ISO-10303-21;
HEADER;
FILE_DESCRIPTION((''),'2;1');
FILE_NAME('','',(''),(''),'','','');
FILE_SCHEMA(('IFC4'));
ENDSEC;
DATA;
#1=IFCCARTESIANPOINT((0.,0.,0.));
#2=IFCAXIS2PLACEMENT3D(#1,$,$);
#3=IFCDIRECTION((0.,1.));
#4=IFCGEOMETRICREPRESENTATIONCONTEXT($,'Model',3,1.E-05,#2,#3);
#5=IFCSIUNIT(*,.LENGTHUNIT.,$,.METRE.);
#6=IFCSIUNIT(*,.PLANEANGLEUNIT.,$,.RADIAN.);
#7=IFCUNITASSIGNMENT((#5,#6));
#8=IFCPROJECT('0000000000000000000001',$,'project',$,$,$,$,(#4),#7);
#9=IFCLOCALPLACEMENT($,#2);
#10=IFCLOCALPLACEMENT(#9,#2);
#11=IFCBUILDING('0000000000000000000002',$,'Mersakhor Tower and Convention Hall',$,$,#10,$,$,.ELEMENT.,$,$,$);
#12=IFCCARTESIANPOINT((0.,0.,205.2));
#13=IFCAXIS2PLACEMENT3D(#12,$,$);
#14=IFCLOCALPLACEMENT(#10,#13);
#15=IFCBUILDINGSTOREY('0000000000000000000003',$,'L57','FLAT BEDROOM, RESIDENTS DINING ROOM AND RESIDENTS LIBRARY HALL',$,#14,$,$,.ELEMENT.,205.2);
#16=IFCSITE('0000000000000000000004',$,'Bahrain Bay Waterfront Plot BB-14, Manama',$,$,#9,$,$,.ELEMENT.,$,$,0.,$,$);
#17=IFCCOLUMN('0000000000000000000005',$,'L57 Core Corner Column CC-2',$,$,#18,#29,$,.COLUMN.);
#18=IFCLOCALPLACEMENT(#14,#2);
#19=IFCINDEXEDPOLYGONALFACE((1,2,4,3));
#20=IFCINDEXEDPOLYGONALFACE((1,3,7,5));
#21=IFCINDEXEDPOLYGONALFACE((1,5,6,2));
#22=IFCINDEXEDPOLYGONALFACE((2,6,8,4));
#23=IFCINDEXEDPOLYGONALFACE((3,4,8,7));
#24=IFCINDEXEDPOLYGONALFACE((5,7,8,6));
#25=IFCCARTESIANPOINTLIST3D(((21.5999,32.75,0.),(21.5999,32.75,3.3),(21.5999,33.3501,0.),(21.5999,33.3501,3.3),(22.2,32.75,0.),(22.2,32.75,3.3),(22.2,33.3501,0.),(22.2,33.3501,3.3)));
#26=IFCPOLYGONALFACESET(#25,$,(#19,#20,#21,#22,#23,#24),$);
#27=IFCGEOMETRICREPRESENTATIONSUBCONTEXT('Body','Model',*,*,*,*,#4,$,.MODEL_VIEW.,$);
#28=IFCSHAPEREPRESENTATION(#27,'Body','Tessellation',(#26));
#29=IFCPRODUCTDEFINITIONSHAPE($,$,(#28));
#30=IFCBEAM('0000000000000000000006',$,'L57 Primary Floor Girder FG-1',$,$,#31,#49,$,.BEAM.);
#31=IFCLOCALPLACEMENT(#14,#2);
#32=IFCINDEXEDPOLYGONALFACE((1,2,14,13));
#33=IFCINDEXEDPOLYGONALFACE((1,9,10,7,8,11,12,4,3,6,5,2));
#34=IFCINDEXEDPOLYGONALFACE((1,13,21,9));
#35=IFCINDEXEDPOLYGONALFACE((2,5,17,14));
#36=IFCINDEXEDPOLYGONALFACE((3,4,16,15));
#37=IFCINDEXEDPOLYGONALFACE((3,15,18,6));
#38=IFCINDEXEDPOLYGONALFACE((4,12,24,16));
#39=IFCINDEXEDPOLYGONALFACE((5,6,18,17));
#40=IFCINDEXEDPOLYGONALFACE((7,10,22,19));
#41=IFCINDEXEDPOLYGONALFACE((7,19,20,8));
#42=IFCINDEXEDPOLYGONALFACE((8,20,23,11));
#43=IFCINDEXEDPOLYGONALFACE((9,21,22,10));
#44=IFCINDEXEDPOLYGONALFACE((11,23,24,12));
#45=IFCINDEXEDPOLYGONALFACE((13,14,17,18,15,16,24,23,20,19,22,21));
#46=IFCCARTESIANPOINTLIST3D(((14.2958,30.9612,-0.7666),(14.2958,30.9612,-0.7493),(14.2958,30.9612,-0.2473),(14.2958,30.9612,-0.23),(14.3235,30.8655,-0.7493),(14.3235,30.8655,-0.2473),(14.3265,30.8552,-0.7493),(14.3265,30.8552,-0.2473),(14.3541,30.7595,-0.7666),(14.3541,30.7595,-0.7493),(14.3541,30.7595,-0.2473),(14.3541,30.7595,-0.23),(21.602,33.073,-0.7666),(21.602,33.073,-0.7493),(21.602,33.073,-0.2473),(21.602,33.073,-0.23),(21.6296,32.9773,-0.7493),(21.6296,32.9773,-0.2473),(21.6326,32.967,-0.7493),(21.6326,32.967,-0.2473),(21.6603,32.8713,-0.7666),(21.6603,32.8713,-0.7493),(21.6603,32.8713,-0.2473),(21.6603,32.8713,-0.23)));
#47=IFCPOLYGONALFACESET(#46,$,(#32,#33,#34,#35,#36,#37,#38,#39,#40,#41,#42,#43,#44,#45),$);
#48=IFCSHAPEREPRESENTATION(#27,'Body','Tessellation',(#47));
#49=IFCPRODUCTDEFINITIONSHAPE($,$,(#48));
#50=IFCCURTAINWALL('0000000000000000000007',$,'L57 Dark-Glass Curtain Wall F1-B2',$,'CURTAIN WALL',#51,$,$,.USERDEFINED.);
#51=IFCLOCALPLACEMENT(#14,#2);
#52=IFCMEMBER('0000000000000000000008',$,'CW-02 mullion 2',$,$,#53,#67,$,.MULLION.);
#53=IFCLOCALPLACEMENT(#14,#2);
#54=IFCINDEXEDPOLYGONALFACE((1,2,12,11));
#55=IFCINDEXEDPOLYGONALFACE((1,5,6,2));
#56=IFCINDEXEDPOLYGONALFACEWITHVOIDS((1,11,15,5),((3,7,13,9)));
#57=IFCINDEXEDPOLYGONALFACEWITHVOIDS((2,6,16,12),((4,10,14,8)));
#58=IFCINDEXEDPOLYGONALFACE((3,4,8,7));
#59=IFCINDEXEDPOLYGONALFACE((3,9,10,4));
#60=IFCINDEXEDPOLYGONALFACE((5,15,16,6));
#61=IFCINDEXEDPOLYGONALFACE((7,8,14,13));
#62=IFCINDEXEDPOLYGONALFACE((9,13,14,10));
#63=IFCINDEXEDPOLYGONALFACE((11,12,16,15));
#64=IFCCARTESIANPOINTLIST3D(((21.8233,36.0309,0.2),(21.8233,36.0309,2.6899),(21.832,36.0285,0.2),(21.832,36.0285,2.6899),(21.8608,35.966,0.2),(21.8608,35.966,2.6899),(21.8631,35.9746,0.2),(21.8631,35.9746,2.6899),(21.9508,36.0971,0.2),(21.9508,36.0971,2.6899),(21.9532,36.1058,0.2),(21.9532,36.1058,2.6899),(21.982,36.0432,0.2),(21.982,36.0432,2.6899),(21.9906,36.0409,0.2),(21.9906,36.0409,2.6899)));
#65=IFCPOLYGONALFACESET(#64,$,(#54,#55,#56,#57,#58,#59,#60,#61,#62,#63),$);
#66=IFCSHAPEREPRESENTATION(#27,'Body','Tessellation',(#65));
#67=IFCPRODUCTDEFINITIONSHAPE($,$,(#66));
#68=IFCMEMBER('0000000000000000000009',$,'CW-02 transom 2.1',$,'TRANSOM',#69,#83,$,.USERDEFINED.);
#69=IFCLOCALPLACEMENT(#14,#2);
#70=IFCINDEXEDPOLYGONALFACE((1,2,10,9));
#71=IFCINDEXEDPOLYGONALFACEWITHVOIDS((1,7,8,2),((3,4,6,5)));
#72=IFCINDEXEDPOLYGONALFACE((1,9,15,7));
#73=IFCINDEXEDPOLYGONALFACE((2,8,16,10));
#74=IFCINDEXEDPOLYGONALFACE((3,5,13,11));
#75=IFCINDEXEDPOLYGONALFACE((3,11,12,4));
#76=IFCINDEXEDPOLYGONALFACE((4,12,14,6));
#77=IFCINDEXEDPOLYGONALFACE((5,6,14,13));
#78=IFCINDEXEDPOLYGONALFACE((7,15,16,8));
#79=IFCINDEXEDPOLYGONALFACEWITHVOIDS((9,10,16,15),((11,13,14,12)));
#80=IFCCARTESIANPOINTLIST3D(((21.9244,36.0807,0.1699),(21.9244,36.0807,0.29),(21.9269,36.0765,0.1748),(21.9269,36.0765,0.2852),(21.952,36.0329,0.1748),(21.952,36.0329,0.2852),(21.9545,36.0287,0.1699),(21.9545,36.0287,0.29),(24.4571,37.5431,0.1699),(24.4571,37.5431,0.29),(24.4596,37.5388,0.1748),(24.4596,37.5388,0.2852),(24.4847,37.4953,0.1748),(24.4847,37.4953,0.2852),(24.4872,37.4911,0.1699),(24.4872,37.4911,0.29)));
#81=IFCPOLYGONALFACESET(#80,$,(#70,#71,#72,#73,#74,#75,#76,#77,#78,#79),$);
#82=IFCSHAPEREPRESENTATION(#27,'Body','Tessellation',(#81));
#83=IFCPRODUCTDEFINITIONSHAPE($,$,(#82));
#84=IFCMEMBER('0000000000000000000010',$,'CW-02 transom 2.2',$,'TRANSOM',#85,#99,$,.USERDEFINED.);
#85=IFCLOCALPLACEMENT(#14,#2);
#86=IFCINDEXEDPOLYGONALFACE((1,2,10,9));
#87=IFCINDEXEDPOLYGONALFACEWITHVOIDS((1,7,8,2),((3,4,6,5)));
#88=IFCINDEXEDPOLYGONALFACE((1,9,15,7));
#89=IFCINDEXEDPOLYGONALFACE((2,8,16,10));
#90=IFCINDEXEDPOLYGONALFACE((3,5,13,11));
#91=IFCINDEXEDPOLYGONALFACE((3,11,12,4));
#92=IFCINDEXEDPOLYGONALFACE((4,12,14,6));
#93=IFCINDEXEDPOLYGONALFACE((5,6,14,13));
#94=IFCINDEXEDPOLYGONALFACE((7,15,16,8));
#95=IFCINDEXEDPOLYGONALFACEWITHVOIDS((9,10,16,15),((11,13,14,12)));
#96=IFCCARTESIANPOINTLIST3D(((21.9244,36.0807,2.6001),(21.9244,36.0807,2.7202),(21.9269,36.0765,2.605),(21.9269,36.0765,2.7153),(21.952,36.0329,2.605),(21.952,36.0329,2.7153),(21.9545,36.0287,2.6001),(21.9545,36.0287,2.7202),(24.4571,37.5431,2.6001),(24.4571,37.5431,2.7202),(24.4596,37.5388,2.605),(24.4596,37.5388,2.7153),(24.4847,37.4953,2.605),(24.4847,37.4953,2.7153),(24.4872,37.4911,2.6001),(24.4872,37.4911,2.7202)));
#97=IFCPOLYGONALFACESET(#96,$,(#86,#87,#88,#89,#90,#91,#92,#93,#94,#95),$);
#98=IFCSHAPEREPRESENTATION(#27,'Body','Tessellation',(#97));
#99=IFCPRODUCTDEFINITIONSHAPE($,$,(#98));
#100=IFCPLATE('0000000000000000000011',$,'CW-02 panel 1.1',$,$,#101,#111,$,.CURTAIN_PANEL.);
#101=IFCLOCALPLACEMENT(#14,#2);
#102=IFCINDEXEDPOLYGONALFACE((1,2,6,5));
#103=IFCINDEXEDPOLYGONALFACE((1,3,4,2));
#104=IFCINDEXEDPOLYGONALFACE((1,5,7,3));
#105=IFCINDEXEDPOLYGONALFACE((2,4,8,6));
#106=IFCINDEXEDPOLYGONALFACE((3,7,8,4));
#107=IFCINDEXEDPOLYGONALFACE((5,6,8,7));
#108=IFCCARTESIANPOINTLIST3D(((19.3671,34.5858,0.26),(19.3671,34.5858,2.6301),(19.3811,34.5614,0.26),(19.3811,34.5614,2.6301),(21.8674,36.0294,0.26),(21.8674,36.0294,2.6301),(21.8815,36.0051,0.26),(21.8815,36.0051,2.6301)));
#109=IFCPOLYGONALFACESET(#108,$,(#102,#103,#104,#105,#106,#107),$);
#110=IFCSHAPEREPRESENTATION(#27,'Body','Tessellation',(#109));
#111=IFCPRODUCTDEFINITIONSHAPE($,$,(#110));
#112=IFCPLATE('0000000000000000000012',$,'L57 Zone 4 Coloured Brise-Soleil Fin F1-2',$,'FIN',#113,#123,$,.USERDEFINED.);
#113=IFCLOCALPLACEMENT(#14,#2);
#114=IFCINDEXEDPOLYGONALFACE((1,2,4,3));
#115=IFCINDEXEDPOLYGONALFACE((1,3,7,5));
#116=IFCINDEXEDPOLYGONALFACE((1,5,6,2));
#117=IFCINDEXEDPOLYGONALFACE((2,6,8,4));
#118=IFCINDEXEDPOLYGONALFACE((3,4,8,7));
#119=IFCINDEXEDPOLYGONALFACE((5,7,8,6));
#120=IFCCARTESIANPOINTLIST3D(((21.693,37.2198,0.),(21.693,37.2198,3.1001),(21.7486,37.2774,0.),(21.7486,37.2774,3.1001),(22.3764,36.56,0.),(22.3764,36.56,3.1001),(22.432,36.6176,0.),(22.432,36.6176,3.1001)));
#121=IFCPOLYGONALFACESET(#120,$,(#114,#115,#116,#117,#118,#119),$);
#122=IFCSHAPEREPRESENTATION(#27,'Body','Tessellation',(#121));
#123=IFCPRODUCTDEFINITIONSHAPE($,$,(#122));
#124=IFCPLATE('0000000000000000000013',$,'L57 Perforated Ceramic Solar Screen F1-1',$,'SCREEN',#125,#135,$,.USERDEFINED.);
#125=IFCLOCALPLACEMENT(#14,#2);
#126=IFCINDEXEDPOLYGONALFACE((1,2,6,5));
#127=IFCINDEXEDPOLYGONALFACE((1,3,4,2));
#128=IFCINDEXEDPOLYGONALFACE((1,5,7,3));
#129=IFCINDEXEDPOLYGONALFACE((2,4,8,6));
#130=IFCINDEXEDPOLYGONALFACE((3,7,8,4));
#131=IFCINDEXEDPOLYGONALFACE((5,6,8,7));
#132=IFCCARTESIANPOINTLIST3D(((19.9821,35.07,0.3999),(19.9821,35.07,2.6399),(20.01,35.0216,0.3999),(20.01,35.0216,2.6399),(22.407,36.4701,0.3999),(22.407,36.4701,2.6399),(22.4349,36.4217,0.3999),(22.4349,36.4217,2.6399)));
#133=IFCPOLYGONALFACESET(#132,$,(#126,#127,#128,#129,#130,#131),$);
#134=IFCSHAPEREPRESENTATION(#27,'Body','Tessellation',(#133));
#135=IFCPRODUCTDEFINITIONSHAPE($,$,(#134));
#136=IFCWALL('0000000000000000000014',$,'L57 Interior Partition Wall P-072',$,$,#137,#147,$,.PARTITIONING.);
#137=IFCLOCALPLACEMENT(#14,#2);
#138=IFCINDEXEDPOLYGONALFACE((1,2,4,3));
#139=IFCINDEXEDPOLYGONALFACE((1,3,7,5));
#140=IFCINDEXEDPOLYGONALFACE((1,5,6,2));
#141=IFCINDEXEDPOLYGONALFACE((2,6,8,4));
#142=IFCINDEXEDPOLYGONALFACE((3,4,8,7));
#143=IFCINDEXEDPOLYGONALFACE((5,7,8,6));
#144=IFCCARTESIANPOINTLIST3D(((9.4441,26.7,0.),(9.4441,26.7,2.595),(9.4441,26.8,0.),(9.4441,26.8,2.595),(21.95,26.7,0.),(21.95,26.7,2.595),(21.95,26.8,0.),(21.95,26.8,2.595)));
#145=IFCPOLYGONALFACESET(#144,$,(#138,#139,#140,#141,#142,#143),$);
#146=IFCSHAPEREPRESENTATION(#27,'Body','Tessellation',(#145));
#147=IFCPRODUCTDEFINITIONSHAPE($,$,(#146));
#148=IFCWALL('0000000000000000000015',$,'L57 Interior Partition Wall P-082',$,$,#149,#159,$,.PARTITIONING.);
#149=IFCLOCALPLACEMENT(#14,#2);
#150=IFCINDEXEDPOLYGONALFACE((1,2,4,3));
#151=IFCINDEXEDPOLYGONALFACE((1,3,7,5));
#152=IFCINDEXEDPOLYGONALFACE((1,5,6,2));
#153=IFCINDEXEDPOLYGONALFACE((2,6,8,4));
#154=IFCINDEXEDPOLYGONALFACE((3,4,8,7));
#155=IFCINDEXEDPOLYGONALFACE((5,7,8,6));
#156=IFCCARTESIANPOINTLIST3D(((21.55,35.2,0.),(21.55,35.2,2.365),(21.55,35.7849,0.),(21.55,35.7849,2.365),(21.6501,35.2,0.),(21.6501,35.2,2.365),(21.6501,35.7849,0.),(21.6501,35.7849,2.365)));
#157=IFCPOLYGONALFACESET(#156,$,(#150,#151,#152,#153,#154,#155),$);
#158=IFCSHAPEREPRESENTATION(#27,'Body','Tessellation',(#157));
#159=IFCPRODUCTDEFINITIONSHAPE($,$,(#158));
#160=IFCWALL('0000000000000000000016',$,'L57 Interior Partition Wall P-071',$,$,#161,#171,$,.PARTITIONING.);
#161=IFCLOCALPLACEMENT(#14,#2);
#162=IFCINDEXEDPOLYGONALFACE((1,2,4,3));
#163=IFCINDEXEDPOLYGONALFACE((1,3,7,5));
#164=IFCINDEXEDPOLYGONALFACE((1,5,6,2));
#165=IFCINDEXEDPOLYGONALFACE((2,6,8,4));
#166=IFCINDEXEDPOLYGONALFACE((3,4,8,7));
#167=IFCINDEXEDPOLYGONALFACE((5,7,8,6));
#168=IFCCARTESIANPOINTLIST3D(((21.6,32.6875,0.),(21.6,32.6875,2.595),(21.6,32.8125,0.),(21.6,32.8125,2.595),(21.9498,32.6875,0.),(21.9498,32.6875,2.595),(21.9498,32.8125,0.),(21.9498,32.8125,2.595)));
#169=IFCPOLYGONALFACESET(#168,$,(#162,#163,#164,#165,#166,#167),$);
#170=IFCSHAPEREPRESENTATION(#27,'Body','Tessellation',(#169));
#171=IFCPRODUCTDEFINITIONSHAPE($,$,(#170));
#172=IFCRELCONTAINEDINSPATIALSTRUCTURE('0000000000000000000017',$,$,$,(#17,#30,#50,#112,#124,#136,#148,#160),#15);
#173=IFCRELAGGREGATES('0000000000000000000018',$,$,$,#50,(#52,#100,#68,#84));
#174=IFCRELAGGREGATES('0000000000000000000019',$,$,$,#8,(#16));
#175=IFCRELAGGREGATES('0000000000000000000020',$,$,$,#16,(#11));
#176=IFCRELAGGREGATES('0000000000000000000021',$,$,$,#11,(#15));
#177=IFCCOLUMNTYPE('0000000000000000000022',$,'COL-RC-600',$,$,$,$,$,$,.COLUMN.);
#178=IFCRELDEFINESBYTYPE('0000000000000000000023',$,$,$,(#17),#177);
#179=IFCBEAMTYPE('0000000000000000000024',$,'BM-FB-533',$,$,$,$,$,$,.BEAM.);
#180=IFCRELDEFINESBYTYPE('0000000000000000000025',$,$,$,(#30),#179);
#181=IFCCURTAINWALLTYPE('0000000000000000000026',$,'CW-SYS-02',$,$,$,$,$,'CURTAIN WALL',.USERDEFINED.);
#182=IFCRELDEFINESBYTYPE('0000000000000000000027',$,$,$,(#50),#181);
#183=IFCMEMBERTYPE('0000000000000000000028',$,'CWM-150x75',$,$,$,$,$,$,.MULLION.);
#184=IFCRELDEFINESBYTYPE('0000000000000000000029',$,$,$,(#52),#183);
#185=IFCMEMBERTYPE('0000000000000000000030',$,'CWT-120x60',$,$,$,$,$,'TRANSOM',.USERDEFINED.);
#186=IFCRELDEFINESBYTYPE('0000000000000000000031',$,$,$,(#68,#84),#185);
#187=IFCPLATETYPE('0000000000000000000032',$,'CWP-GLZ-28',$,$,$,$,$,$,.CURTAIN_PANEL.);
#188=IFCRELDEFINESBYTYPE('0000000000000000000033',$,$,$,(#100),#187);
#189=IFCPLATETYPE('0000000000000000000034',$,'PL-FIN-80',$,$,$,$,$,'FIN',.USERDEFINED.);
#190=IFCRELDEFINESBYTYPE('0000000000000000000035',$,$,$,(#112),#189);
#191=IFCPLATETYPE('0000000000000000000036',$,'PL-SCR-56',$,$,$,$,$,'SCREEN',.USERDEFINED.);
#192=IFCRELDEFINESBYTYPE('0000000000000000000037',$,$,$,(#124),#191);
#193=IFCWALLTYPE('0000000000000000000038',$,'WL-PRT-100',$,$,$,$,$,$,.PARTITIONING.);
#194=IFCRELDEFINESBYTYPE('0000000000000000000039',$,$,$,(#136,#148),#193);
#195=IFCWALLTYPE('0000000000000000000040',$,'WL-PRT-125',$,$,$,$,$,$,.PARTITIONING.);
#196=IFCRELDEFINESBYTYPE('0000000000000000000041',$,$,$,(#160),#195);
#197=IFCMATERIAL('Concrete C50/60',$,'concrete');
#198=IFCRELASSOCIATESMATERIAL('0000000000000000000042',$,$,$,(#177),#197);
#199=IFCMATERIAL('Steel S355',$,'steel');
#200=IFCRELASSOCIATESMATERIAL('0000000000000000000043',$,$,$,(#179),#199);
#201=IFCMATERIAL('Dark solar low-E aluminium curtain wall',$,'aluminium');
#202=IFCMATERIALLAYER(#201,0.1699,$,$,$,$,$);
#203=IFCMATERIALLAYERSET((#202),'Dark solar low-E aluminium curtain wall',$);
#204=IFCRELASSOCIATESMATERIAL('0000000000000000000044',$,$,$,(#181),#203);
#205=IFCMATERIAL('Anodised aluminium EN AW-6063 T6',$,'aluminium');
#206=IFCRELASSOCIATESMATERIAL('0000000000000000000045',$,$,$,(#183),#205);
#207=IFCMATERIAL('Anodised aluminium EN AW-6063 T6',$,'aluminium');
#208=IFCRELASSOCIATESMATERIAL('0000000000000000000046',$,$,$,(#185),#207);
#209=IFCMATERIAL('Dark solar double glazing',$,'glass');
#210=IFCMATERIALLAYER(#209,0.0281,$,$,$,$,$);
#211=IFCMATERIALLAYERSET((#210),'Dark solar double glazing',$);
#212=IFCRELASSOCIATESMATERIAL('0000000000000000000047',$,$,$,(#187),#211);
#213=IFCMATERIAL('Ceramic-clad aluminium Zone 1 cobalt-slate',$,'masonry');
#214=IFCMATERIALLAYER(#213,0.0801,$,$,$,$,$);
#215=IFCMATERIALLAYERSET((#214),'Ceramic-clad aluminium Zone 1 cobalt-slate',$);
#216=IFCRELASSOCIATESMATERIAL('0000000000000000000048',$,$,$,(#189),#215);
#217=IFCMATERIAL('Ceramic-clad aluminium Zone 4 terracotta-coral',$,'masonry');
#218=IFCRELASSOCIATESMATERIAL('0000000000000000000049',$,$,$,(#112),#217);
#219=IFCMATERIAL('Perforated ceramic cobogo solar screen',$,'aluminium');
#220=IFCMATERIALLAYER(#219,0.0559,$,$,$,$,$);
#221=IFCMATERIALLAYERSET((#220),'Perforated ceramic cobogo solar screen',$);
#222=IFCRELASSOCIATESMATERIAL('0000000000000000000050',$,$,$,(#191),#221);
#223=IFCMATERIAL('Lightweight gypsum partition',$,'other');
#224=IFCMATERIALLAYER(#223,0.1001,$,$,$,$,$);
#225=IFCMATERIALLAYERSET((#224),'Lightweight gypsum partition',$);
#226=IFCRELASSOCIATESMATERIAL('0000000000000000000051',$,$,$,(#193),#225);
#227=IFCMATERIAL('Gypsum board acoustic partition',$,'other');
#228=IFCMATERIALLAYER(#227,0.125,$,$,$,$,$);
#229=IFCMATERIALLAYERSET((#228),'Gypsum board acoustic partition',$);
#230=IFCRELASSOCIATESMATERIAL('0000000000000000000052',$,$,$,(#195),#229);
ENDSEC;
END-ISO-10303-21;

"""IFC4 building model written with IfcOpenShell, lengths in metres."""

from ifc_helpers import new_model, si_unit, direction, frame, frame_2d, origin, origin_2d, place, context, subcontext, project, spatial, rectangle, hollow_rectangle, i_section, extrude, material, layer, layer_set, material_profile, profile_set, type_object, element, aggregate, save


model = new_model("IFC4")

# Units and contexts
model_context = context("Model", 3, precision=1e-05, world=origin(), true_north=direction((0.0, 1.0)))
body_context = subcontext(model_context, "Body", "Model", "MODEL_VIEW")
ifc_project = project(units=[si_unit("LENGTHUNIT", "METRE"), si_unit("PLANEANGLEUNIT", "RADIAN")], contexts=[model_context])

# Site, building, storey
site_placement = place(None, origin())
site = spatial("IfcSite", under=ifc_project, at=site_placement, Name="Bahrain Bay Waterfront Plot BB-14, Manama", CompositionType="ELEMENT", RefElevation=0.0)
building_placement = place(site_placement, origin())
building = spatial("IfcBuilding", under=site, at=building_placement, Name="Mersakhor Tower and Convention Hall", CompositionType="ELEMENT")
storey_placement = place(building_placement, frame((0.0, 0.0, 205.2)))
storey = spatial("IfcBuildingStorey", under=building, at=storey_placement, Name="L57", Description="FLAT BEDROOM, RESIDENTS DINING ROOM AND RESIDENTS LIBRARY HALL", CompositionType="ELEMENT", Elevation=205.2)

# Column
ifc_material_1 = material(Name="Concrete C50/60", Category="concrete")
ifc_material_profile_1 = material_profile(ifc_material_1, rectangle(XDim=0.6001, YDim=0.6001, at=origin_2d()), Name="RC 600x600")
ifc_profile_set_1 = profile_set([ifc_material_profile_1], Name="Concrete C50/60")
column_type = type_object("IfcColumnType", Name="COL-RC-600", PredefinedType="COLUMN", material=ifc_profile_set_1)
column_placement = place(storey_placement, frame((21.8999, 33.05, 0.0), z_axis=(0.0, 0.0, 1.0), x_axis=(1.0, 0.0, 0.0)))
element("IfcColumn", 1, at=column_placement, inside=storey, type_object=column_type, Name="L57 Core Corner Column CC-2", PredefinedType="COLUMN", context=body_context, shape_type="SweptSolid", body=[
    extrude(rectangle(XDim=0.6001, YDim=0.6001, at=origin_2d()), origin(), (0.0, 0.0, 1.0), 3.3),
])

# Beam
ifc_material_2 = material(Name="Steel S355", Category="steel")
ifc_material_profile_2 = material_profile(ifc_material_2, i_section(OverallWidth=0.21, OverallDepth=0.5366, WebThickness=0.0107, FlangeThickness=0.0173, at=origin_2d()), Name="UB 533x210x101")
ifc_profile_set_2 = profile_set([ifc_material_profile_2], Name="Steel S355")
beam_type = type_object("IfcBeamType", Name="BM-FB-533", PredefinedType="BEAM", material=ifc_profile_set_2)
beam_placement = place(storey_placement, frame((21.6311, 32.9722, -0.4983), z_axis=(-0.960674, -0.277679, 0.0), x_axis=(0.277679, -0.960674, 0.0)))
element("IfcBeam", 2, at=beam_placement, inside=storey, type_object=beam_type, Name="L57 Primary Floor Girder FG-1", PredefinedType="BEAM", context=body_context, shape_type="SweptSolid", body=[
    extrude(i_section(OverallWidth=0.21, OverallDepth=0.5366, WebThickness=0.0107, FlangeThickness=0.0173, at=origin_2d()), origin(), (0.0, 0.0, 1.0), 7.6052),
])

# Curtain wall, members, plate
ifc_material_3 = material(Name="Dark solar low-E aluminium curtain wall", Category="aluminium")
ifc_layer_1 = layer(ifc_material_3, 0.1699)
ifc_layer_set_1 = layer_set([ifc_layer_1], Name="Dark solar low-E aluminium curtain wall")
curtain_wall_type = type_object("IfcCurtainWallType", Name="CW-SYS-02", ElementType="CURTAIN WALL", PredefinedType="USERDEFINED", material=ifc_layer_set_1)
curtain_wall_placement = place(storey_placement, origin())
curtain_wall = element("IfcCurtainWall", 3, at=curtain_wall_placement, inside=storey, type_object=curtain_wall_type, Name="L57 Dark-Glass Curtain Wall F1-B2", ObjectType="CURTAIN WALL", PredefinedType="USERDEFINED")
ifc_material_4 = material(Name="Anodised aluminium EN AW-6063 T6", Category="aluminium")
ifc_material_profile_3 = material_profile(ifc_material_4, hollow_rectangle(XDim=0.075, YDim=0.1499, WallThickness=0.0063, at=origin_2d()), Name="RHS 150x75x6.3")
ifc_profile_set_3 = profile_set([ifc_material_profile_3], Name="Anodised aluminium EN AW-6063 T6")
member_type_1 = type_object("IfcMemberType", Name="CWM-150x75", PredefinedType="MULLION", material=ifc_profile_set_3)
member_1_placement = place(storey_placement, frame((21.907, 36.0359, 0.2), z_axis=(0.0, 0.0, 1.0), x_axis=(-0.500008, 0.866021, 0.0)))
member_1 = element("IfcMember", 4, at=member_1_placement, type_object=member_type_1, Name="CW-02 mullion 2", PredefinedType="MULLION", context=body_context, shape_type="SweptSolid", body=[
    extrude(hollow_rectangle(XDim=0.075, YDim=0.1499, WallThickness=0.0063, at=origin_2d()), origin(), (0.0, 0.0, 1.0), 2.49),
])
ifc_material_5 = material(Name="Anodised aluminium EN AW-6063 T6", Category="aluminium")
ifc_material_profile_4 = material_profile(ifc_material_5, hollow_rectangle(XDim=0.0601, YDim=0.1201, WallThickness=0.0049, at=origin_2d()), Name="RHS 120x60x5")
ifc_profile_set_4 = profile_set([ifc_material_profile_4], Name="Anodised aluminium EN AW-6063 T6")
member_type_2 = type_object("IfcMemberType", Name="CWT-120x60", ElementType="TRANSOM", PredefinedType="USERDEFINED", material=ifc_profile_set_4)
member_2_placement = place(storey_placement, frame((21.9395, 36.0547, 0.23), z_axis=(0.866005, 0.500036, 0.0), x_axis=(-0.500036, 0.866005, 0.0)))
member_2 = element("IfcMember", 5, at=member_2_placement, type_object=member_type_2, Name="CW-02 transom 2.1", ObjectType="TRANSOM", PredefinedType="USERDEFINED", context=body_context, shape_type="SweptSolid", body=[
    extrude(hollow_rectangle(XDim=0.0601, YDim=0.1201, WallThickness=0.0049, at=origin_2d()), origin(), (0.0, 0.0, 1.0), 2.9246),
])
member_3_placement = place(storey_placement, frame((21.9395, 36.0547, 2.6602), z_axis=(0.866005, 0.500036, 0.0), x_axis=(-0.500036, 0.866005, 0.0)))
member_3 = element("IfcMember", 6, at=member_3_placement, type_object=member_type_2, Name="CW-02 transom 2.2", ObjectType="TRANSOM", PredefinedType="USERDEFINED", context=body_context, shape_type="SweptSolid", body=[
    extrude(hollow_rectangle(XDim=0.0601, YDim=0.1201, WallThickness=0.0049, at=origin_2d()), origin(), (0.0, 0.0, 1.0), 2.9246),
])
ifc_material_6 = material(Name="Dark solar double glazing", Category="glass")
ifc_layer_2 = layer(ifc_material_6, 0.0281)
ifc_layer_set_2 = layer_set([ifc_layer_2], Name="Dark solar double glazing")
plate_type_1 = type_object("IfcPlateType", Name="CWP-GLZ-28", PredefinedType="CURTAIN_PANEL", material=ifc_layer_set_2)
plate_1_placement = place(storey_placement, frame((20.6243, 35.2954, 0.26), z_axis=(0.0, 0.0, 1.0), x_axis=(0.866021, 0.500008, 0.0)))
plate_1 = element("IfcPlate", 7, at=plate_1_placement, type_object=plate_type_1, Name="CW-02 panel 1.1", PredefinedType="CURTAIN_PANEL", context=body_context, shape_type="SweptSolid", body=[
    extrude(rectangle(XDim=2.8872, YDim=0.0281, at=origin_2d()), origin(), (0.0, 0.0, 1.0), 2.3701),
])
aggregate(curtain_wall, [member_1, plate_1, member_2, member_3])

# Plates
ifc_material_7 = material(Name="Ceramic-clad aluminium Zone 4 terracotta-coral", Category="masonry")
ifc_material_8 = material(Name="Ceramic-clad aluminium Zone 1 cobalt-slate", Category="masonry")
ifc_layer_3 = layer(ifc_material_8, 0.0801)
ifc_layer_set_3 = layer_set([ifc_layer_3], Name="Ceramic-clad aluminium Zone 1 cobalt-slate")
plate_type_2 = type_object("IfcPlateType", Name="PL-FIN-80", ElementType="FIN", PredefinedType="USERDEFINED", material=ifc_layer_set_3)
plate_2_placement = place(storey_placement, frame((22.0625, 36.9187, 0.0), z_axis=(0.0, 0.0, 1.0), x_axis=(-0.71934, 0.694658, 0.0)))
element("IfcPlate", 8, at=plate_2_placement, inside=storey, type_object=plate_type_2, material=ifc_material_7, Name="L57 Zone 4 Coloured Brise-Soleil Fin F1-2", ObjectType="FIN", PredefinedType="USERDEFINED", context=body_context, shape_type="SweptSolid", body=[
    extrude(rectangle(XDim=0.95, YDim=0.0801, at=origin_2d()), origin(), (0.0, 0.0, 1.0), 3.1001),
])
ifc_material_9 = material(Name="Perforated ceramic cobogo solar screen", Category="aluminium")
ifc_layer_4 = layer(ifc_material_9, 0.0559)
ifc_layer_set_4 = layer_set([ifc_layer_4], Name="Perforated ceramic cobogo solar screen")
plate_type_3 = type_object("IfcPlateType", Name="PL-SCR-56", ElementType="SCREEN", PredefinedType="USERDEFINED", material=ifc_layer_set_4)
plate_3_placement = place(storey_placement, frame((21.2085, 35.7458, 0.3999), z_axis=(0.0, 0.0, 1.0), x_axis=(0.866025, 0.5, 0.0)))
element("IfcPlate", 9, at=plate_3_placement, inside=storey, type_object=plate_type_3, Name="L57 Perforated Ceramic Solar Screen F1-1", ObjectType="SCREEN", PredefinedType="USERDEFINED", context=body_context, shape_type="SweptSolid", body=[
    extrude(rectangle(XDim=2.8, YDim=0.0559, at=origin_2d()), origin(), (0.0, 0.0, 1.0), 2.24),
])

# Walls
ifc_material_10 = material(Name="Lightweight gypsum partition", Category="other")
ifc_layer_5 = layer(ifc_material_10, 0.1001)
ifc_layer_set_5 = layer_set([ifc_layer_5], Name="Lightweight gypsum partition")
wall_type_1 = type_object("IfcWallType", Name="WL-PRT-100", PredefinedType="PARTITIONING", material=ifc_layer_set_5)
wall_1_placement = place(storey_placement, frame((21.95, 26.75, 0.0), z_axis=(0.0, 0.0, 1.0), x_axis=(-1.0, 0.0, 0.0)))
element("IfcWall", 10, at=wall_1_placement, inside=storey, type_object=wall_type_1, Name="L57 Interior Partition Wall P-072", PredefinedType="PARTITIONING", context=body_context, shape_type="SweptSolid", body=[
    extrude(rectangle(XDim=12.5059, YDim=0.1001, at=frame_2d((6.2529, 0.0))), origin(), (0.0, 0.0, 1.0), 2.595),
])
wall_2_placement = place(storey_placement, frame((21.6001, 35.2, 0.0), z_axis=(0.0, 0.0, 1.0), x_axis=(0.0, 1.0, 0.0)))
element("IfcWall", 11, at=wall_2_placement, inside=storey, type_object=wall_type_1, Name="L57 Interior Partition Wall P-082", PredefinedType="PARTITIONING", context=body_context, shape_type="SweptSolid", body=[
    extrude(rectangle(XDim=0.585, YDim=0.1001, at=frame_2d((0.2925, 0.0))), origin(), (0.0, 0.0, 1.0), 2.365),
])
ifc_material_11 = material(Name="Gypsum board acoustic partition", Category="other")
ifc_layer_6 = layer(ifc_material_11, 0.125)
ifc_layer_set_6 = layer_set([ifc_layer_6], Name="Gypsum board acoustic partition")
wall_type_2 = type_object("IfcWallType", Name="WL-PRT-125", PredefinedType="PARTITIONING", material=ifc_layer_set_6)
wall_3_placement = place(storey_placement, frame((21.6001, 32.75, 0.0), z_axis=(0.0, 0.0, 1.0), x_axis=(1.0, 0.0, 0.0)))
element("IfcWall", 12, at=wall_3_placement, inside=storey, type_object=wall_type_2, Name="L57 Interior Partition Wall P-071", PredefinedType="PARTITIONING", context=body_context, shape_type="SweptSolid", body=[
    extrude(rectangle(XDim=0.3499, YDim=0.125, at=frame_2d((0.1748, 0.0))), origin(), (0.0, 0.0, 1.0), 2.595),
])

save(model, "model.ifc")
